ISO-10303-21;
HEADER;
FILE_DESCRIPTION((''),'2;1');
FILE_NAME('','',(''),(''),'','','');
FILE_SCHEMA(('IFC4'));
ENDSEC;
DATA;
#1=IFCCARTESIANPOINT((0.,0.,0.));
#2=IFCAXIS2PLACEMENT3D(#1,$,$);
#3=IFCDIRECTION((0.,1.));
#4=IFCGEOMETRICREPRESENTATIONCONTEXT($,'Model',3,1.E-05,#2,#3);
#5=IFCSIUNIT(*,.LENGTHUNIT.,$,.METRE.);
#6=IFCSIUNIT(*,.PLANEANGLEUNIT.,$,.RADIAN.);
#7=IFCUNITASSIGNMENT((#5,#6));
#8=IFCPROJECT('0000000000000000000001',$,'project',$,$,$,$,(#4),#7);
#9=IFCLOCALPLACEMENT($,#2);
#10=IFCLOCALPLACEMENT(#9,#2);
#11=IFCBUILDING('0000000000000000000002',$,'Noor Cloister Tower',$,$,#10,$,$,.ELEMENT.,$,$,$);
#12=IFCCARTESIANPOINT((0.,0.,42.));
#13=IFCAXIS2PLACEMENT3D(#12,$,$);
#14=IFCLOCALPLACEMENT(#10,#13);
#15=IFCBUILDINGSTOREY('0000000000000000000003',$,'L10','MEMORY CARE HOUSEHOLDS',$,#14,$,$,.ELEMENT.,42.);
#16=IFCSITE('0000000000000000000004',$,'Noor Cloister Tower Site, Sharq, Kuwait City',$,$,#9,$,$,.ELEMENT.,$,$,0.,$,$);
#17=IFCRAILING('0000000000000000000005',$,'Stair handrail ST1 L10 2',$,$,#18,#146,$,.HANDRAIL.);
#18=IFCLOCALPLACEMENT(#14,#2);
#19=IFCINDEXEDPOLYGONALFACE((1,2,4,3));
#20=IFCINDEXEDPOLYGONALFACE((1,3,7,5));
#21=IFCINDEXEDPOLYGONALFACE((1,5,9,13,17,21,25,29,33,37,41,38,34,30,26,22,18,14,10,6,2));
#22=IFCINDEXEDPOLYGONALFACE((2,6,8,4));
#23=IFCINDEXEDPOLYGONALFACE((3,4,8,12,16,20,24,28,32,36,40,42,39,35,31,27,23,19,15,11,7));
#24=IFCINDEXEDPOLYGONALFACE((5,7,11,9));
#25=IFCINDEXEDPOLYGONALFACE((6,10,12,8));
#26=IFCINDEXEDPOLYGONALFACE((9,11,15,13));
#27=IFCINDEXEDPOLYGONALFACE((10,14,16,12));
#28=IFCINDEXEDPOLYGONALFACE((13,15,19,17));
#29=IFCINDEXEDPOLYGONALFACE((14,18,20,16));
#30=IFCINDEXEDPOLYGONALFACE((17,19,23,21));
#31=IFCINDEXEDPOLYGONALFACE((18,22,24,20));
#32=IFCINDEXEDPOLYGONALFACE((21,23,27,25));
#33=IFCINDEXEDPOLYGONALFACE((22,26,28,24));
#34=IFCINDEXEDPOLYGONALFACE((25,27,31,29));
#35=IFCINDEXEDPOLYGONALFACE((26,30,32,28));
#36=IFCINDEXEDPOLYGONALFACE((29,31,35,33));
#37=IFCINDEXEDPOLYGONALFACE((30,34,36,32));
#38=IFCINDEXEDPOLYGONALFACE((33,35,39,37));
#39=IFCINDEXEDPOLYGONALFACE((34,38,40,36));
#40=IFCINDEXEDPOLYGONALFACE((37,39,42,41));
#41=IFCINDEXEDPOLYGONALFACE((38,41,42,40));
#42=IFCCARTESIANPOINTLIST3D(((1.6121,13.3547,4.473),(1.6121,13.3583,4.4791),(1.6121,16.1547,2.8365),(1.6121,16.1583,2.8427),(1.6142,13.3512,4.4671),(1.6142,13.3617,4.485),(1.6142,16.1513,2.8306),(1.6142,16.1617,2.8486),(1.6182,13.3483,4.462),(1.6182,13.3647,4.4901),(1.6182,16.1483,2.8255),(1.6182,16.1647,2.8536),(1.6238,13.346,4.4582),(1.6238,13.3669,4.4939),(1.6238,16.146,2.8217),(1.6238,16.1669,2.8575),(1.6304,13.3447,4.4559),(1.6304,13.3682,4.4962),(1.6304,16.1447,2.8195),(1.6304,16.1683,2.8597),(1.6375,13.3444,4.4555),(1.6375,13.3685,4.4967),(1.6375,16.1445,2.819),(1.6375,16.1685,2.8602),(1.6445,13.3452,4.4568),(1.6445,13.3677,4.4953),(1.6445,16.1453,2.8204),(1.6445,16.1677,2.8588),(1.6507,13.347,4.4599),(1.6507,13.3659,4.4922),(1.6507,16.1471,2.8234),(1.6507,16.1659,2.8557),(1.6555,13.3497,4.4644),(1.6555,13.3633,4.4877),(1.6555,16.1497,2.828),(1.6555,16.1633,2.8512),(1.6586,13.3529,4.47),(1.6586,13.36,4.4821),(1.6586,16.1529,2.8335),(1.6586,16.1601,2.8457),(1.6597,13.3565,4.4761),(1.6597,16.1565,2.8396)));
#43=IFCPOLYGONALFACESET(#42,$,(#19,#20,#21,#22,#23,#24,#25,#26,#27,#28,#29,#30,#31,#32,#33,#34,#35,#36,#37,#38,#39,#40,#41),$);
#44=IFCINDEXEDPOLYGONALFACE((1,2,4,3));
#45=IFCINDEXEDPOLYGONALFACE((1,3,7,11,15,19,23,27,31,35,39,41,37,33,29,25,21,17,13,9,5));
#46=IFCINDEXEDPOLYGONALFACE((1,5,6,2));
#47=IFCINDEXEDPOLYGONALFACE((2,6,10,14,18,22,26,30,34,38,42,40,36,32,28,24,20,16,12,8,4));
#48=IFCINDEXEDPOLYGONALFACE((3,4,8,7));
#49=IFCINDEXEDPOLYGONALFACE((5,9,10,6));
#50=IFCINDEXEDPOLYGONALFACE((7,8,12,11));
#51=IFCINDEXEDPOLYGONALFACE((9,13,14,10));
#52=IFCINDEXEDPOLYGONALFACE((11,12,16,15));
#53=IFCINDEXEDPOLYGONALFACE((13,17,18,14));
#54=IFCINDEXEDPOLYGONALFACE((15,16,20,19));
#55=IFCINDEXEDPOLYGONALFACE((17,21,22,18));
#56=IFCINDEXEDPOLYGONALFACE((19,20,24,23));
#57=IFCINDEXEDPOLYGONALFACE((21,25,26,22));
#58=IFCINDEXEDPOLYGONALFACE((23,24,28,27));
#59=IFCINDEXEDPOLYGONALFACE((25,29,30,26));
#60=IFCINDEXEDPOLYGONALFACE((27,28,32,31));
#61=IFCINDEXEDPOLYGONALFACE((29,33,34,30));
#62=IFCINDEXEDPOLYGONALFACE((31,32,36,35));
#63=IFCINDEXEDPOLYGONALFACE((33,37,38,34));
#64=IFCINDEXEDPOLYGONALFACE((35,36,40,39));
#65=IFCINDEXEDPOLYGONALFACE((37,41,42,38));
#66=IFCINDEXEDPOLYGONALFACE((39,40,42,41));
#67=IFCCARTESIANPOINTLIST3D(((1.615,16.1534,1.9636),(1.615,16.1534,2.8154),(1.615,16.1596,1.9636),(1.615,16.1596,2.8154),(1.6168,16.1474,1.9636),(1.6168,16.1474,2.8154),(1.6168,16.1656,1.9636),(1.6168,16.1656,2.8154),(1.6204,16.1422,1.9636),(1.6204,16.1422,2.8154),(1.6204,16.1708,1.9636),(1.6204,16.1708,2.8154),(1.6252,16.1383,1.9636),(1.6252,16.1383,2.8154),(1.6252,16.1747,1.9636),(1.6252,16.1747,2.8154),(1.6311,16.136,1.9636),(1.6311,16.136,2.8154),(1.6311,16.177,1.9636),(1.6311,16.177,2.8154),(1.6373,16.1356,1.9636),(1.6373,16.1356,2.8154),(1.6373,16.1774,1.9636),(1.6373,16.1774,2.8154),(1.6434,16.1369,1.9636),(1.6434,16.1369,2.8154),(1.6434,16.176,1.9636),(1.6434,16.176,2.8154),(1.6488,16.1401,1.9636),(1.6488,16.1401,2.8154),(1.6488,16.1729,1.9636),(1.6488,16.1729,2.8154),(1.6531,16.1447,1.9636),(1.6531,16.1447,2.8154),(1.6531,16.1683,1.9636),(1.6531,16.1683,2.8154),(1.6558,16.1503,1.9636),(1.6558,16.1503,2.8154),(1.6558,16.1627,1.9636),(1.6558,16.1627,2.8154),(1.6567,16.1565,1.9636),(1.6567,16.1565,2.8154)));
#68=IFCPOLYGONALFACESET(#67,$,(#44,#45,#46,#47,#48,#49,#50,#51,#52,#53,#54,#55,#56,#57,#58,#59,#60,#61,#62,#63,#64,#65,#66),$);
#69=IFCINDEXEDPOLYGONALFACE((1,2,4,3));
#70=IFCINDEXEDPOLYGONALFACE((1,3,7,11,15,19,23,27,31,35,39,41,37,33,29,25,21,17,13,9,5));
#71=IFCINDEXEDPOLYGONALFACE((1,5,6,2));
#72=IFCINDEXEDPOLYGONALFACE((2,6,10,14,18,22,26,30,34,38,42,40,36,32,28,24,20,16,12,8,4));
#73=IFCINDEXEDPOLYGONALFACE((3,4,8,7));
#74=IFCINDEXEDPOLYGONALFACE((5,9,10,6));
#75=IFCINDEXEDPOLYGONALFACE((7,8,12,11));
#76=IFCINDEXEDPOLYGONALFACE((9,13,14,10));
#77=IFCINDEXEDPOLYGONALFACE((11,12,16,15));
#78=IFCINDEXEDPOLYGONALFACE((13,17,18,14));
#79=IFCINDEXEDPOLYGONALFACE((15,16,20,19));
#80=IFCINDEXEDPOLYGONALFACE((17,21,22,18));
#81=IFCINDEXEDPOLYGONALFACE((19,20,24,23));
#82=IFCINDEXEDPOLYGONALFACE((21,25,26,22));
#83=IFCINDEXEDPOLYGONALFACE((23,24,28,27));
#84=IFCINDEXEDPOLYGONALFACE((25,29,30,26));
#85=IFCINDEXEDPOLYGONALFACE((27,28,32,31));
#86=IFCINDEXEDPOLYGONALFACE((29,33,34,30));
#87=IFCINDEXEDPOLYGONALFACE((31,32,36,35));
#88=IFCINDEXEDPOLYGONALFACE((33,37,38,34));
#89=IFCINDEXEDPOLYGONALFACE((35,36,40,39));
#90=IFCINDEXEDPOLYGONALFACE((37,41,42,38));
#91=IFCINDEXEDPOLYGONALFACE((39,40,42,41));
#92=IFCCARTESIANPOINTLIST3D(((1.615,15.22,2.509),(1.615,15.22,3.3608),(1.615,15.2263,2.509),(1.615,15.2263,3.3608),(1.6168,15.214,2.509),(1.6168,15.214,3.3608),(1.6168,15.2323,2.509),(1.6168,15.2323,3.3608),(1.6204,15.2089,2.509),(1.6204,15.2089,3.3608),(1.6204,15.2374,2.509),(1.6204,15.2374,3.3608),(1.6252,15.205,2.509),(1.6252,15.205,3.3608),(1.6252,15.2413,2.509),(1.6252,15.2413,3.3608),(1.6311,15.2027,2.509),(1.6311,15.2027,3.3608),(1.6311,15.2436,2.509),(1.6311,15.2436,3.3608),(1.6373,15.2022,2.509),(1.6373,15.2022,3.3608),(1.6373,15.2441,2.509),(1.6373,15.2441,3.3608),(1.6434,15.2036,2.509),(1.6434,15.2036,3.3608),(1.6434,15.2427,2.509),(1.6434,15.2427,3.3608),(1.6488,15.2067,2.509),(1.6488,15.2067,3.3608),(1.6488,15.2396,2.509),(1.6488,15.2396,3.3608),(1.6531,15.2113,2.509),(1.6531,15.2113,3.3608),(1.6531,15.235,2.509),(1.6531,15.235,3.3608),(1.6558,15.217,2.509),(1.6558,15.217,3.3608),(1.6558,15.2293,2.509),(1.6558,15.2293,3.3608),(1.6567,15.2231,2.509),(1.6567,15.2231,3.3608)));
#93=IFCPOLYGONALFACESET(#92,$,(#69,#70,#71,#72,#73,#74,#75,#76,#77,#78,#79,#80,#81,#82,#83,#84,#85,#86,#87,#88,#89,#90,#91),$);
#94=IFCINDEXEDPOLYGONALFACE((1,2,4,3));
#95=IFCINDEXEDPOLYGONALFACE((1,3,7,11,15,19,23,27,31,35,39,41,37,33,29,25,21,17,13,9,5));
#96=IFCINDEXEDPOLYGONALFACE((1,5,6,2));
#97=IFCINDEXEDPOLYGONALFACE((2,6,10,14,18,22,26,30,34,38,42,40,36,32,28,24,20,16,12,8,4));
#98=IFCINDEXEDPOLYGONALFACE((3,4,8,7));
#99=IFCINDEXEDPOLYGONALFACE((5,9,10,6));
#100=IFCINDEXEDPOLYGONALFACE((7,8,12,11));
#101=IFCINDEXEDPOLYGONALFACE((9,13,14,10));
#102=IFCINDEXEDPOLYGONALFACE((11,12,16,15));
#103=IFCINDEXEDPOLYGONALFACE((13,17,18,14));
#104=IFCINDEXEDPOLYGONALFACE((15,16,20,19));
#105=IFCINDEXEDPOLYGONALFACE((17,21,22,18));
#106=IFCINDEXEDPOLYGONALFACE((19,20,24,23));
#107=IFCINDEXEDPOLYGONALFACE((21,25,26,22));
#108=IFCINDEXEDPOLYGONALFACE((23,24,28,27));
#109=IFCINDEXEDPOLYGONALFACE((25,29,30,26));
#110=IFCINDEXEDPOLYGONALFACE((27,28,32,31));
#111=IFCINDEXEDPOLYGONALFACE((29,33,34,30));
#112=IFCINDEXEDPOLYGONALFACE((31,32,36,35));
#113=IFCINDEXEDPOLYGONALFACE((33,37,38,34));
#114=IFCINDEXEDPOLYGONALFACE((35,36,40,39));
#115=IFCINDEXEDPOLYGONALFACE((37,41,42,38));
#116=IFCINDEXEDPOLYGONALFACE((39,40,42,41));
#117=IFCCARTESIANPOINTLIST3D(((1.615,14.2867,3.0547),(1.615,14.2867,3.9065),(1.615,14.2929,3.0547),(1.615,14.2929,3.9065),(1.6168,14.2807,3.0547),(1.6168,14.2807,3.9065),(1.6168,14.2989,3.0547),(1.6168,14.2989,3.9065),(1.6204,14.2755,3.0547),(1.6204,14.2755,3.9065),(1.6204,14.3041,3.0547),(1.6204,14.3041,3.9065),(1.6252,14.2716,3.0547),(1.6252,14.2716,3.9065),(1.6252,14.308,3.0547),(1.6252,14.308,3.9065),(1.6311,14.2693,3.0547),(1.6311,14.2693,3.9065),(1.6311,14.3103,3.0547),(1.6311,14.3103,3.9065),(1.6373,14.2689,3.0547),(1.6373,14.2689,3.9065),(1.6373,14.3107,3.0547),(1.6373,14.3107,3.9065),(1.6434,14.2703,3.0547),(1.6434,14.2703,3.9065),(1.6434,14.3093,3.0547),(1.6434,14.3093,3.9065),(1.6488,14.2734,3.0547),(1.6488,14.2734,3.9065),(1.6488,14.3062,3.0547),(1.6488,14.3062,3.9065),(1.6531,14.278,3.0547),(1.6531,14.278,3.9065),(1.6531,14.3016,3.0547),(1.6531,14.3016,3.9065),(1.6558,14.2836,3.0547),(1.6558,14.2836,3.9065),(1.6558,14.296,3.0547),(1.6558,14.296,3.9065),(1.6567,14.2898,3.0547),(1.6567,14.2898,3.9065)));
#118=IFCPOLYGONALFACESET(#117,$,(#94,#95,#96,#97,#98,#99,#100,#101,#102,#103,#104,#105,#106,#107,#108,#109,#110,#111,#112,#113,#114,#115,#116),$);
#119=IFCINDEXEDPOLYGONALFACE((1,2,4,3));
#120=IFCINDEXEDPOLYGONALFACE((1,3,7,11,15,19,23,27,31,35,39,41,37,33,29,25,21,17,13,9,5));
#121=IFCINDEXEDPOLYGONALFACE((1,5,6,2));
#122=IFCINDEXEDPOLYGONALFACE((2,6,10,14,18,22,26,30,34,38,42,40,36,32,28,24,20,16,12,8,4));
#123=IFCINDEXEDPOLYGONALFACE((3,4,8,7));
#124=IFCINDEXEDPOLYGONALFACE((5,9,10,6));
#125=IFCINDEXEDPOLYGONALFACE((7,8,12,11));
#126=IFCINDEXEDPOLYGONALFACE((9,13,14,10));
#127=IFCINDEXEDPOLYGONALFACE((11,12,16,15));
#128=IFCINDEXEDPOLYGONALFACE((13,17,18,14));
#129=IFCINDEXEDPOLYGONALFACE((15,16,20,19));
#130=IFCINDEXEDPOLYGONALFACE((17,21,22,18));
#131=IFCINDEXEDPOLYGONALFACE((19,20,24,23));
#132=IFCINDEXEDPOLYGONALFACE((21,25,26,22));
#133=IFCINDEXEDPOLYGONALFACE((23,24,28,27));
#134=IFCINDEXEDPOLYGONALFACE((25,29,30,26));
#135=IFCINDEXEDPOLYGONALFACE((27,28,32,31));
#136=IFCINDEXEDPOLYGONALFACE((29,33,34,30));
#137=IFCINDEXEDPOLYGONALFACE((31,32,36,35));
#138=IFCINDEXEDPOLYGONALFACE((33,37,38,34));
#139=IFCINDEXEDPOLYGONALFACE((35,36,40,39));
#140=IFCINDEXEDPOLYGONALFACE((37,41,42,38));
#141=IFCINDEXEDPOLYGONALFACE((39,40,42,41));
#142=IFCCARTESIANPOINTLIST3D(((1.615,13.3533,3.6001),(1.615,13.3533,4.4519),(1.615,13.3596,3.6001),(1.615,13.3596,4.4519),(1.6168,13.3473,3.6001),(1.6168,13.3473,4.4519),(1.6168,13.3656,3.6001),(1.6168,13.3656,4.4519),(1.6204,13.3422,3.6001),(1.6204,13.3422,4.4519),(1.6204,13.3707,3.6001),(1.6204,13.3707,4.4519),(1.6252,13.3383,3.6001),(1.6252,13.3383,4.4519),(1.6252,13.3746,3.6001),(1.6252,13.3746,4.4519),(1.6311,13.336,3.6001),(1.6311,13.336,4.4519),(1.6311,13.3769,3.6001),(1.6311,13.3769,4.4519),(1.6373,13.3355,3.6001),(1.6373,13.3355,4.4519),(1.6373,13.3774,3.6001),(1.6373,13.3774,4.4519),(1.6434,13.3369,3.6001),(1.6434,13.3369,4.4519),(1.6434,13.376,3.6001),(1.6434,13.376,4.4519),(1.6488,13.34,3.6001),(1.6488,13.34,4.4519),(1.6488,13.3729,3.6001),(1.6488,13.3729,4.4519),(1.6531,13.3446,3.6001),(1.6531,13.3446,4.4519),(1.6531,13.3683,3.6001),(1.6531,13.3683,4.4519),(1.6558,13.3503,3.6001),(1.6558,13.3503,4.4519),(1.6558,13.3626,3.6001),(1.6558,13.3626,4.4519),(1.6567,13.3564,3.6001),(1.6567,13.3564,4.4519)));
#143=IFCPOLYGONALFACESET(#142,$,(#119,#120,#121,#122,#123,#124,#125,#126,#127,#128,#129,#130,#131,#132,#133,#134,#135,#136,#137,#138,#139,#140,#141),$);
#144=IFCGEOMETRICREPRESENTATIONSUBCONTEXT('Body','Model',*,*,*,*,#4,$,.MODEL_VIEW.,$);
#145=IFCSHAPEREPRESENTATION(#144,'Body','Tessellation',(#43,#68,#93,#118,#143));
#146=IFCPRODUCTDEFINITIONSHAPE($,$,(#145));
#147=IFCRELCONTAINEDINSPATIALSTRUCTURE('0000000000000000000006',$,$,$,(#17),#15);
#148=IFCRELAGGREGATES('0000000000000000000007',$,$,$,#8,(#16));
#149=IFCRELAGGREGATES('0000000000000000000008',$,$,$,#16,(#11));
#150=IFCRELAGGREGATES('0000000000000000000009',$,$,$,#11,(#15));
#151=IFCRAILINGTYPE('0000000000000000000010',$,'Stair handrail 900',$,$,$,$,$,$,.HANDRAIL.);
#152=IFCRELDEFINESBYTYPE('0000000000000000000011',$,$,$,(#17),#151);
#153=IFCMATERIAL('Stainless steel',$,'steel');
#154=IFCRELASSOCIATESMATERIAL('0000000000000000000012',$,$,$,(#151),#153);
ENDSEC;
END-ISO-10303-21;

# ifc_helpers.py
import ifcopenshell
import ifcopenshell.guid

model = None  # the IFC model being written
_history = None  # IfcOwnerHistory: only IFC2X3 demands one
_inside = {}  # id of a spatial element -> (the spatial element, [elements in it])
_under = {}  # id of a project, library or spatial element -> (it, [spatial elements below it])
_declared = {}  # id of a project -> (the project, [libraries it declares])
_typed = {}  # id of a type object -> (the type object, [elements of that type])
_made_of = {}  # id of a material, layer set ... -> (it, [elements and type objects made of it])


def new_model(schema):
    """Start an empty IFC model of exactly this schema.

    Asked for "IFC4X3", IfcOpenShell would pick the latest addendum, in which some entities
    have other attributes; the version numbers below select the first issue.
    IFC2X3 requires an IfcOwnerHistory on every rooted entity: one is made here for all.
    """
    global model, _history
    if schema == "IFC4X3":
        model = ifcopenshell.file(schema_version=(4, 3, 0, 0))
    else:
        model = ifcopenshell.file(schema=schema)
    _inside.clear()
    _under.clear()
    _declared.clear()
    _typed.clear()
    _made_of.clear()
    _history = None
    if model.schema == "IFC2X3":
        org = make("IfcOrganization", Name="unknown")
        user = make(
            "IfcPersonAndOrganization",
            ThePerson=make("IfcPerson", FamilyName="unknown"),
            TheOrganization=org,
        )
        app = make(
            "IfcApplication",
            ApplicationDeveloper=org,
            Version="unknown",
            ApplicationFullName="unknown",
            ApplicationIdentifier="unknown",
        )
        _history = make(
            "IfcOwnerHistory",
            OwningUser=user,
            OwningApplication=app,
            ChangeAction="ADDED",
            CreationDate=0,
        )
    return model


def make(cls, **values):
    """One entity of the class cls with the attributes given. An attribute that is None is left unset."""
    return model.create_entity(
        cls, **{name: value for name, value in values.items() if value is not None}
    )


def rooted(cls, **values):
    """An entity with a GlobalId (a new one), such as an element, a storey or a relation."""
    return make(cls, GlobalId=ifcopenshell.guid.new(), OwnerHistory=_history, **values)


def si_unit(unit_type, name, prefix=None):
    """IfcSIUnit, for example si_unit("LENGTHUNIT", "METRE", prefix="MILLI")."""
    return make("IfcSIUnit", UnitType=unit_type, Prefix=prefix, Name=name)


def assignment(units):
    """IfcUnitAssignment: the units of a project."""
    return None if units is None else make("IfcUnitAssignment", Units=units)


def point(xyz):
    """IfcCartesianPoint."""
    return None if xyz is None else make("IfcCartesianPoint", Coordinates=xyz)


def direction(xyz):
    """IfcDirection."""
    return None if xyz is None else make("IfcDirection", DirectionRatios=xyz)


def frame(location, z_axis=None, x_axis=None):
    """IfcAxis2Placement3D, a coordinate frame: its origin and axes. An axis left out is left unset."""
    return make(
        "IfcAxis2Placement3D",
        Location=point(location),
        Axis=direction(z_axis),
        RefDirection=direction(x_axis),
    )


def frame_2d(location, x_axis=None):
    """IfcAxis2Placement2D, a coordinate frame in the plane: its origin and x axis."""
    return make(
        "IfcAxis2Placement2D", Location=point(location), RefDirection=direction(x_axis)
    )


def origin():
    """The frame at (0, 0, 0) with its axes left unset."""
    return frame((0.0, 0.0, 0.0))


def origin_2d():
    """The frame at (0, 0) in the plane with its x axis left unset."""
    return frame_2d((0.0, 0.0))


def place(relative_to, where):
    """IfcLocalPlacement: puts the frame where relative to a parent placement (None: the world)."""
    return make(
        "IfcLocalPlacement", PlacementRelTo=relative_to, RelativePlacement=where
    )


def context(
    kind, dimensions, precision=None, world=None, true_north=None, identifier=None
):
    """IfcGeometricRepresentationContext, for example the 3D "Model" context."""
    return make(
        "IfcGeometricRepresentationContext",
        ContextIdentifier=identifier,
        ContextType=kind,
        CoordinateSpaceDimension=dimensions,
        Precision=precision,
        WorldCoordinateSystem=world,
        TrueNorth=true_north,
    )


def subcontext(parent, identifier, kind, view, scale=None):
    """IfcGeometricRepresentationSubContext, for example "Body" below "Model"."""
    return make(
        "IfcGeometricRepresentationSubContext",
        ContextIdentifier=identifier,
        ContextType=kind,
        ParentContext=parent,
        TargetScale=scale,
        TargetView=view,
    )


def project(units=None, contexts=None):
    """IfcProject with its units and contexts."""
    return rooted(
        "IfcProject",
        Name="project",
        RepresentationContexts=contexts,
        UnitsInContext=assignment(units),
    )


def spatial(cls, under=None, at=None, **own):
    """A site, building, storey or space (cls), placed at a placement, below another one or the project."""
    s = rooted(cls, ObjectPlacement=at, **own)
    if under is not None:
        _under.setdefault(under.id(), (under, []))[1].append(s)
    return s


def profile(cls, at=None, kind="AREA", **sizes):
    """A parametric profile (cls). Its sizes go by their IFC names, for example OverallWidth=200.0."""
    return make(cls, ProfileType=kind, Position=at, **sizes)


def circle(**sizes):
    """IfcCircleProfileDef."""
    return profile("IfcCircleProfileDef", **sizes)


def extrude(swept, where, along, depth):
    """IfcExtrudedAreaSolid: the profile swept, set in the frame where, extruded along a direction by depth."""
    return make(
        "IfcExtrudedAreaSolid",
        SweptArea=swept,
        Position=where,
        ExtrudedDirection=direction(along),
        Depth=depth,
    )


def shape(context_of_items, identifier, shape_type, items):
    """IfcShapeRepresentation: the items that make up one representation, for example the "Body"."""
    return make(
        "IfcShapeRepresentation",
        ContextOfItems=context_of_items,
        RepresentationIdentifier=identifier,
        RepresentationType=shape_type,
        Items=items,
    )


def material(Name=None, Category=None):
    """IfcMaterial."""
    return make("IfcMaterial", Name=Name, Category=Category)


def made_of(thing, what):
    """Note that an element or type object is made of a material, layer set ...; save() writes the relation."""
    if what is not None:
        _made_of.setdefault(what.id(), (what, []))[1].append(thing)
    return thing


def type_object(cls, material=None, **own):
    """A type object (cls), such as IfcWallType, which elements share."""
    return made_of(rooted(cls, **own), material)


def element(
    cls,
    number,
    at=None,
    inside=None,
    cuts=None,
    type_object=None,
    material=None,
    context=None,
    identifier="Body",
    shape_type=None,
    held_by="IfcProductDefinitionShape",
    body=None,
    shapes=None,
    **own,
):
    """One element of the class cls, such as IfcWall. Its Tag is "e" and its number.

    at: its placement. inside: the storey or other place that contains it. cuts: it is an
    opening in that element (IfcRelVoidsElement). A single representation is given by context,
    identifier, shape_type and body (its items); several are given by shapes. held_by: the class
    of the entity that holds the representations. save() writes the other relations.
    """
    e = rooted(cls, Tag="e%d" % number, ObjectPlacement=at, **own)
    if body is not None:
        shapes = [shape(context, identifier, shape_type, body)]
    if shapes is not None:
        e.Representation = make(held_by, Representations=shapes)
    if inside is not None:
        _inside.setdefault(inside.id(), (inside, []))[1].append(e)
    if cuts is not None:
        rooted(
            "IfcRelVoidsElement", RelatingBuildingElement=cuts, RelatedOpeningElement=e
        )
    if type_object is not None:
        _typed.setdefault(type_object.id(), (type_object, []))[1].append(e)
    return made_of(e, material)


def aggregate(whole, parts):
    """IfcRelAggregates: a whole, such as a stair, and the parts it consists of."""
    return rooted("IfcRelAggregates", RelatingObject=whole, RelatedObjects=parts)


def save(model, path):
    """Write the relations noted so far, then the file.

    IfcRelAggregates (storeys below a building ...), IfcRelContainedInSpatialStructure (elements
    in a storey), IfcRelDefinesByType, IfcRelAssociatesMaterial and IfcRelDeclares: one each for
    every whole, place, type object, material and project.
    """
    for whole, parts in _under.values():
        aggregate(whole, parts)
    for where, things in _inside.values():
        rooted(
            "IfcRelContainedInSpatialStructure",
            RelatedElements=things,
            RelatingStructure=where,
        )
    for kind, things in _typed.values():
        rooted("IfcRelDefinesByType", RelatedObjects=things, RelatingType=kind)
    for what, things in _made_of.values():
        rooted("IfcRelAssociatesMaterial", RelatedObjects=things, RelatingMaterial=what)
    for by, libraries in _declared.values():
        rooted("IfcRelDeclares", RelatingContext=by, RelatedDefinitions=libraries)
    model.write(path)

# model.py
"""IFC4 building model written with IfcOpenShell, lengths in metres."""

from ifc_helpers import new_model, si_unit, direction, frame, origin, origin_2d, place, context, subcontext, project, spatial, circle, extrude, material, type_object, element, save


model = new_model("IFC4")

# Units and contexts
model_context = context("Model", 3, precision=1e-05, world=origin(), true_north=direction((0.0, 1.0)))
body_context = subcontext(model_context, "Body", "Model", "MODEL_VIEW")
ifc_project = project(units=[si_unit("LENGTHUNIT", "METRE"), si_unit("PLANEANGLEUNIT", "RADIAN")], contexts=[model_context])

# Site, building, storey
site_placement = place(None, origin())
site = spatial("IfcSite", under=ifc_project, at=site_placement, Name="Noor Cloister Tower Site, Sharq, Kuwait City", CompositionType="ELEMENT", RefElevation=0.0)
building_placement = place(site_placement, origin())
building = spatial("IfcBuilding", under=site, at=building_placement, Name="Noor Cloister Tower", CompositionType="ELEMENT")
storey_placement = place(building_placement, frame((0.0, 0.0, 42.0)))
storey = spatial("IfcBuildingStorey", under=building, at=storey_placement, Name="L10", Description="MEMORY CARE HOUSEHOLDS", CompositionType="ELEMENT", Elevation=42.0)

# Railing
ifc_material_1 = material(Name="Stainless steel", Category="steel")
railing_type_1 = type_object("IfcRailingType", Name="Stair handrail 900", PredefinedType="HANDRAIL", material=ifc_material_1)
railing_1_placement = place(storey_placement, frame((1.6357, 16.1565, 1.9636)))
element("IfcRailing", 1, at=railing_1_placement, inside=storey, type_object=railing_type_1, Name="Stair handrail ST1 L10 2", PredefinedType="HANDRAIL", context=body_context, shape_type="SweptSolid", body=[
    extrude(circle(Radius=0.0239, at=origin_2d()), frame((0.0, 0.0, 0.876), z_axis=(0.0, -0.863361, 0.504587), x_axis=(1.0, 0.0, 0.0)), (0.0, 0.0, 1.0), 3.2432),
    extrude(circle(Radius=0.021, at=origin_2d()), origin(), (0.0, 0.0, 1.0), 0.8518),
    extrude(circle(Radius=0.021, at=origin_2d()), frame((0.0, -0.9333, 0.5454)), (0.0, 0.0, 1.0), 0.8518),
    extrude(circle(Radius=0.021, at=origin_2d()), frame((0.0, -1.8667, 1.0911)), (0.0, 0.0, 1.0), 0.8518),
    extrude(circle(Radius=0.021, at=origin_2d()), frame((0.0, -2.8, 1.6365)), (0.0, 0.0, 1.0), 0.8518),
])

save(model, "model.ifc")
